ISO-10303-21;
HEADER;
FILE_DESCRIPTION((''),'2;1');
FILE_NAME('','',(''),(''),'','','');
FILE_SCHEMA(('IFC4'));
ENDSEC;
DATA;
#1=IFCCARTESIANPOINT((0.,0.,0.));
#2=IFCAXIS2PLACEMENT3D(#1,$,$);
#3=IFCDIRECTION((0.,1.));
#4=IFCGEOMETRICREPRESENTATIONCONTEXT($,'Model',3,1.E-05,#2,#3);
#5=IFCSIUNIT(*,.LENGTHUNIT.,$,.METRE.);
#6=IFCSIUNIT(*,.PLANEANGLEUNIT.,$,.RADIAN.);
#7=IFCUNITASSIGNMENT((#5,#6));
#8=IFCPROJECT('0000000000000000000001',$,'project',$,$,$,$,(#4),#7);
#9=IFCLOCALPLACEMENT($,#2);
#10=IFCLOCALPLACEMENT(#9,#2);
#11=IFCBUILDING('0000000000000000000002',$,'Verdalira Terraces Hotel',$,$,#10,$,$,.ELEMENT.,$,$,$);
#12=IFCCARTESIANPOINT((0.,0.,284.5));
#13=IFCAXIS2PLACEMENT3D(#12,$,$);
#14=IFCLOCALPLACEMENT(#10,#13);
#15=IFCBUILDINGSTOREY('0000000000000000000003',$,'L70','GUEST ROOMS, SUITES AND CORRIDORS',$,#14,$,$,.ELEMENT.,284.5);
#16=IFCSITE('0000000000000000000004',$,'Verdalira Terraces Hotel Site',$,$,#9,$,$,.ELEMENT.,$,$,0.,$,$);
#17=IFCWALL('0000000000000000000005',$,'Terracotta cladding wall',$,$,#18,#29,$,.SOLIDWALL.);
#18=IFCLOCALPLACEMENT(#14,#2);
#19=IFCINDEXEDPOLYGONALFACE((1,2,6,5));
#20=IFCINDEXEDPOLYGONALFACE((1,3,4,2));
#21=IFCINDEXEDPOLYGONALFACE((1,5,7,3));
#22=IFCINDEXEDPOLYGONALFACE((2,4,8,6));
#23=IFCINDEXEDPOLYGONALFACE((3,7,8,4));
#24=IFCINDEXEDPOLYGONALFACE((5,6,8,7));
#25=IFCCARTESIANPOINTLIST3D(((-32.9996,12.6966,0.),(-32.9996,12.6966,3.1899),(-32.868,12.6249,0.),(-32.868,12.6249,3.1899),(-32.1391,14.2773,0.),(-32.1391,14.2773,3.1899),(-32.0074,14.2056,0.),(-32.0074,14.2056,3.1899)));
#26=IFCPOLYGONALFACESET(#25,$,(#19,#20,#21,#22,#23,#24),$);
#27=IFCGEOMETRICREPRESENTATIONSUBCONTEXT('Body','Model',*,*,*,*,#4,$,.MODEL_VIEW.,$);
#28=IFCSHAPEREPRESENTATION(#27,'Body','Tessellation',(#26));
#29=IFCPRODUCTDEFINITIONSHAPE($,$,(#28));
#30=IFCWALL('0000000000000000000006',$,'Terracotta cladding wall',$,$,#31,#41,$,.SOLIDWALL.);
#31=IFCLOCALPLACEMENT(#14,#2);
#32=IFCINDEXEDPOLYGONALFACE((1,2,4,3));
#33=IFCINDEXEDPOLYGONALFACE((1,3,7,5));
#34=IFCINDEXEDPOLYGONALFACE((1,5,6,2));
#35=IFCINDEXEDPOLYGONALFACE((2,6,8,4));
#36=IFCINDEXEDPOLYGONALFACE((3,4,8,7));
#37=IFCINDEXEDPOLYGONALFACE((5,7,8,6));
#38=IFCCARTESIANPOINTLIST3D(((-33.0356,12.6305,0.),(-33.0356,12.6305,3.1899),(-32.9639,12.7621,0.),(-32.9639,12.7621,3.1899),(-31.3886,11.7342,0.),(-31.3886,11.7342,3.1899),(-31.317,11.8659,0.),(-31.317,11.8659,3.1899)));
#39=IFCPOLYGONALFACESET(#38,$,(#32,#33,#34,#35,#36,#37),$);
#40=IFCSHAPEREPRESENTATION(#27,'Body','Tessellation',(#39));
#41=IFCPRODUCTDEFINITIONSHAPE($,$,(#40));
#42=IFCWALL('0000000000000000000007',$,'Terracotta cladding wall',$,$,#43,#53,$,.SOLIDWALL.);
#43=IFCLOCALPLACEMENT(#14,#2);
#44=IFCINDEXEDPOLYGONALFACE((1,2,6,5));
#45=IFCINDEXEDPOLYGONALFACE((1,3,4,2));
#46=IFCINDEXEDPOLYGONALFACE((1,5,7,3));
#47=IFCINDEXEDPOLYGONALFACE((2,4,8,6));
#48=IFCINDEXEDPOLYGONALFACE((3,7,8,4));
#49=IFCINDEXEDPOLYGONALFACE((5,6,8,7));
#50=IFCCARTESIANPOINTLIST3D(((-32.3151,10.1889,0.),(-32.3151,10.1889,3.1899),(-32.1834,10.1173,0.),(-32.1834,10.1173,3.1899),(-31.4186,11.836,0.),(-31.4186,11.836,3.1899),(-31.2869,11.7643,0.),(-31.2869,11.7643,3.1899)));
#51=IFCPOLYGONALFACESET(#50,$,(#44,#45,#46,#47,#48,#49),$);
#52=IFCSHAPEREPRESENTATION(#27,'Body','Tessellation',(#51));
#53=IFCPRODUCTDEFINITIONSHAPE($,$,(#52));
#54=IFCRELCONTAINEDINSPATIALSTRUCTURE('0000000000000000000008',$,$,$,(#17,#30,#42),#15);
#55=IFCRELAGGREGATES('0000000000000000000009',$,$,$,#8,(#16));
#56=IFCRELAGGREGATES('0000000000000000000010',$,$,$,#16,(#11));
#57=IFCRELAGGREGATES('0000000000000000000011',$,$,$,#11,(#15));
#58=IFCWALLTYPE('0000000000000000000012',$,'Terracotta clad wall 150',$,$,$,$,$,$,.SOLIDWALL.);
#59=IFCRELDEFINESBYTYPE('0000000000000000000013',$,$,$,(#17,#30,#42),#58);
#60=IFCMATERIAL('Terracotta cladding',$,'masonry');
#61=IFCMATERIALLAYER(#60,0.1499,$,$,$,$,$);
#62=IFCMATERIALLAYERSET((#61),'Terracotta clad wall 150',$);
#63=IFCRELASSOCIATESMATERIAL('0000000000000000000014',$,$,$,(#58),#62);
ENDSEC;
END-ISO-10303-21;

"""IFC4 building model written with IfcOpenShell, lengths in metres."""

from ifc_helpers import new_model, si_unit, direction, frame, frame_2d, origin, place, context, subcontext, project, spatial, rectangle, extrude, material, layer, layer_set, type_object, element, save


model = new_model("IFC4")

# Units and contexts
model_context = context("Model", 3, precision=1e-05, world=origin(), true_north=direction((0.0, 1.0)))
body_context = subcontext(model_context, "Body", "Model", "MODEL_VIEW")
ifc_project = project(units=[si_unit("LENGTHUNIT", "METRE"), si_unit("PLANEANGLEUNIT", "RADIAN")], contexts=[model_context])

# Site, building, storey
site_placement = place(None, origin())
site = spatial("IfcSite", under=ifc_project, at=site_placement, Name="Verdalira Terraces Hotel Site", CompositionType="ELEMENT", RefElevation=0.0)
building_placement = place(site_placement, origin())
building = spatial("IfcBuilding", under=site, at=building_placement, Name="Verdalira Terraces Hotel", CompositionType="ELEMENT")
storey_placement = place(building_placement, frame((0.0, 0.0, 284.5)))
storey = spatial("IfcBuildingStorey", under=building, at=storey_placement, Name="L70", Description="GUEST ROOMS, SUITES AND CORRIDORS", CompositionType="ELEMENT", Elevation=284.5)

# Walls
ifc_material_1 = material(Name="Terracotta cladding", Category="masonry")
ifc_layer_1 = layer(ifc_material_1, 0.1499)
ifc_layer_set_1 = layer_set([ifc_layer_1], Name="Terracotta clad wall 150")
wall_type_1 = type_object("IfcWallType", Name="Terracotta clad wall 150", PredefinedType="SOLIDWALL", material=ifc_layer_set_1)
wall_1_placement = place(storey_placement, frame((-32.0732, 14.2415, 0.0), z_axis=(0.0, 0.0, 1.0), x_axis=(-0.478139, -0.878284, 0.0)))
element("IfcWall", 1, at=wall_1_placement, inside=storey, type_object=wall_type_1, Name="Terracotta cladding wall", PredefinedType="SOLIDWALL", context=body_context, shape_type="SweptSolid", body=[
    extrude(rectangle(XDim=1.7998, YDim=0.1499, at=frame_2d((0.8999, 0.0))), origin(), (0.0, 0.0, 1.0), 3.1899),
])
wall_2_placement = place(storey_placement, frame((-32.9998, 12.6963, 0.0), z_axis=(0.0, 0.0, 1.0), x_axis=(0.878368, -0.477985, 0.0)))
element("IfcWall", 2, at=wall_2_placement, inside=storey, type_object=wall_type_1, Name="Terracotta cladding wall", PredefinedType="SOLIDWALL", context=body_context, shape_type="SweptSolid", body=[
    extrude(rectangle(XDim=1.875, YDim=0.1499, at=frame_2d((0.9375, 0.0))), origin(), (0.0, 0.0, 1.0), 3.1899),
])
wall_3_placement = place(storey_placement, frame((-31.3528, 11.8, 0.0), z_axis=(0.0, 0.0, 1.0), x_axis=(-0.478086, -0.878313, 0.0)))
element("IfcWall", 3, at=wall_3_placement, inside=storey, type_object=wall_type_1, Name="Terracotta cladding wall", PredefinedType="SOLIDWALL", context=body_context, shape_type="SweptSolid", body=[
    extrude(rectangle(XDim=1.8752, YDim=0.1499, at=frame_2d((0.9375, 0.0))), origin(), (0.0, 0.0, 1.0), 3.1899),
])

save(model, "model.ifc")
